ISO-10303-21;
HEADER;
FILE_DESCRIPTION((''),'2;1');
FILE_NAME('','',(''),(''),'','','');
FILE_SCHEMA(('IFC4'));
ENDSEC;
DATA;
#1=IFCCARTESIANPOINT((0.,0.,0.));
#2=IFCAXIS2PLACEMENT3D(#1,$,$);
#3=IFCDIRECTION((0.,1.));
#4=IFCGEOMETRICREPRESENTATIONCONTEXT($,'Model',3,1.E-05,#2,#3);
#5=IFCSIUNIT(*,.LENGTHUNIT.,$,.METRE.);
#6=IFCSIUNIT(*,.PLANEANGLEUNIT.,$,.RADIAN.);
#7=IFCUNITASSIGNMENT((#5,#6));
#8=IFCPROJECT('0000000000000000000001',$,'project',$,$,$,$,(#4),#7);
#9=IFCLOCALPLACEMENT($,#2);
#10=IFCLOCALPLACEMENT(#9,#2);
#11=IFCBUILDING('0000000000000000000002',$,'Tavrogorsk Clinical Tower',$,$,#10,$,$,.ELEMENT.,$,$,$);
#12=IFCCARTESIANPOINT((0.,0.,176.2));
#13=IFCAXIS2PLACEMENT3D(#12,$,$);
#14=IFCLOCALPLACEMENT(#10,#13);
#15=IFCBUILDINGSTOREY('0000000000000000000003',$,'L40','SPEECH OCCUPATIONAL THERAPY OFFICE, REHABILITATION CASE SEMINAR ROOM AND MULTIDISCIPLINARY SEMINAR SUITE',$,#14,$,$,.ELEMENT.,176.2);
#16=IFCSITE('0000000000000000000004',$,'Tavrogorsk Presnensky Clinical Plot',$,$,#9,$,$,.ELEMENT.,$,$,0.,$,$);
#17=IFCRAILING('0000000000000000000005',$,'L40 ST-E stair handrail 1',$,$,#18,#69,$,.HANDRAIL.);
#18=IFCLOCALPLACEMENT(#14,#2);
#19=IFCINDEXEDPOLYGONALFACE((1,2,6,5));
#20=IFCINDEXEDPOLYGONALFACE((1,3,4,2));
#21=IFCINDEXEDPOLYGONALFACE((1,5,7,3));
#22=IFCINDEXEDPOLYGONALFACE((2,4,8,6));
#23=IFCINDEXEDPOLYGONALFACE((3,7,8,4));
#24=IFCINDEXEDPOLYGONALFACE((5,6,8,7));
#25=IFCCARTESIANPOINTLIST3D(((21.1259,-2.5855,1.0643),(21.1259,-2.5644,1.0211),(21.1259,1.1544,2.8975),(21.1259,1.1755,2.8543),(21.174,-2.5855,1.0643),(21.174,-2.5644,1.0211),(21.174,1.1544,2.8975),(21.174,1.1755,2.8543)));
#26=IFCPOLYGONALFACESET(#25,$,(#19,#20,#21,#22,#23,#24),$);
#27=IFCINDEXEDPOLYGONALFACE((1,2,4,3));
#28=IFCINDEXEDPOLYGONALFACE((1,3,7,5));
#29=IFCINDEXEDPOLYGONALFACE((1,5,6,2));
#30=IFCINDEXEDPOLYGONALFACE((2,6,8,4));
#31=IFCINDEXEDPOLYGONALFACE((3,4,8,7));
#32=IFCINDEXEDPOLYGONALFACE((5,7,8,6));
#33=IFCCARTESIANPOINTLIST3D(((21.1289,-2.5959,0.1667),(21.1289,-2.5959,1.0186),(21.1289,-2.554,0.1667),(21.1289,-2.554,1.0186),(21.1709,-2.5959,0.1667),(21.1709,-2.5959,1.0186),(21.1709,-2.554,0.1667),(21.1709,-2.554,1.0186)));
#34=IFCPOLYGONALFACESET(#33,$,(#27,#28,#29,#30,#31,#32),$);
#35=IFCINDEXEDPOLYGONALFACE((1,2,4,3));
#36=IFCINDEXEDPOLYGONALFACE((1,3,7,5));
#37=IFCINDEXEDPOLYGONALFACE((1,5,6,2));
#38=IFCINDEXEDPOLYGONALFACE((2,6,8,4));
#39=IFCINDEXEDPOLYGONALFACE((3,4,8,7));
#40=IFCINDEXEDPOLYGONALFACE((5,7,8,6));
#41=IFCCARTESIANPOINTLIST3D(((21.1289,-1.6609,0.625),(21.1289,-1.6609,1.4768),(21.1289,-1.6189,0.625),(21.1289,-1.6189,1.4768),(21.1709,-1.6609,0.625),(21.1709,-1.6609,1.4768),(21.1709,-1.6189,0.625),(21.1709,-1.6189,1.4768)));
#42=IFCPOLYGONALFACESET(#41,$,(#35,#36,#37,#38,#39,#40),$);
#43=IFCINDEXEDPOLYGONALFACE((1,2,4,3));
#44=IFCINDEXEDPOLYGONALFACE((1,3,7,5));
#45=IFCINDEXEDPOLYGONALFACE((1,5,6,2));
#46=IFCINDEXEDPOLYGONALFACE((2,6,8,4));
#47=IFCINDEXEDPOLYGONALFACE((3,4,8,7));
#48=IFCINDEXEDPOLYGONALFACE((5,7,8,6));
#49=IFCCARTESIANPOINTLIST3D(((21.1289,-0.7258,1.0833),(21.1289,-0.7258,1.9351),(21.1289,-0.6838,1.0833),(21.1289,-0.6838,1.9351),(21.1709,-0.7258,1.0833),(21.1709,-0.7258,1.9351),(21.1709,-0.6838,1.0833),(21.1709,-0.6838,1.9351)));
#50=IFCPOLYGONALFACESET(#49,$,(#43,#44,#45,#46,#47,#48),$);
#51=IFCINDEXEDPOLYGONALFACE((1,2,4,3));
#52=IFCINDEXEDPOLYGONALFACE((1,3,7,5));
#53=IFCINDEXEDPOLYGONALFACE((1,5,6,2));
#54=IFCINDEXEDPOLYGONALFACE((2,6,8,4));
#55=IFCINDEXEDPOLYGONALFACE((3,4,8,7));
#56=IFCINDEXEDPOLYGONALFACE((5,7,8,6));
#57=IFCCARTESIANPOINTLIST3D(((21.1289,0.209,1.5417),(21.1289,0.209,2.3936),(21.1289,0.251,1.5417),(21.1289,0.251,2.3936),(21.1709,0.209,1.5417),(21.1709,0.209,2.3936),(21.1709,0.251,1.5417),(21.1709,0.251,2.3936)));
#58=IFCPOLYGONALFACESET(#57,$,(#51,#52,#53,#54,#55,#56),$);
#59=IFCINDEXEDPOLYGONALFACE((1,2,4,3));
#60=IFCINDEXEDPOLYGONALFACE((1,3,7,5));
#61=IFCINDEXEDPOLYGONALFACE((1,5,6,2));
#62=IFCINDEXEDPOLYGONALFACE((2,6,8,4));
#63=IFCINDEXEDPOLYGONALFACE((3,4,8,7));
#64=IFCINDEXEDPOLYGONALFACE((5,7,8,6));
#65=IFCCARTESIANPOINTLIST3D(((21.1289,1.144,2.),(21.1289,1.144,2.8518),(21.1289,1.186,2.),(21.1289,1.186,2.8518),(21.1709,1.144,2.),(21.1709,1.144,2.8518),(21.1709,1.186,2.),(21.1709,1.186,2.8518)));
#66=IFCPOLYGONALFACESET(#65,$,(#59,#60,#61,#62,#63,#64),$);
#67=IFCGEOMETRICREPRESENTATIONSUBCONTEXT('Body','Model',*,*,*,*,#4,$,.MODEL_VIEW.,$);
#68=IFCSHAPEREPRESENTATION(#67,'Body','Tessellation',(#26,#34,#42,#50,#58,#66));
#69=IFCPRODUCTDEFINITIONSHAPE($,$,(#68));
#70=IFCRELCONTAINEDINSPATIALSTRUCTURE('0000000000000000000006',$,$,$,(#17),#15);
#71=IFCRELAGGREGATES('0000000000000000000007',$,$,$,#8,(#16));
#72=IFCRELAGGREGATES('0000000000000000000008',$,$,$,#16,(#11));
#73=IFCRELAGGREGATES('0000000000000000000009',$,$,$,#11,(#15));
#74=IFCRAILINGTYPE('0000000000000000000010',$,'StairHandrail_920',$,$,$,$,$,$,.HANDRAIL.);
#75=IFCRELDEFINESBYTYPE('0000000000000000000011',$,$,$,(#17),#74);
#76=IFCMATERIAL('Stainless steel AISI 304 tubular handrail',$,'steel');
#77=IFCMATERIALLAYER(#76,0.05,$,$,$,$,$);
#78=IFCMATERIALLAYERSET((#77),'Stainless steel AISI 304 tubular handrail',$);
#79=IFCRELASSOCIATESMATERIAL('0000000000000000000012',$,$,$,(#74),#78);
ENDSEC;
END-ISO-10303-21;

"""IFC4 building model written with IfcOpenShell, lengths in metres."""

from ifc_helpers import new_model, si_unit, direction, frame, origin, origin_2d, place, context, subcontext, project, spatial, rectangle, extrude, material, layer, layer_set, type_object, element, save


model = new_model("IFC4")

# Units and contexts
model_context = context("Model", 3, precision=1e-05, world=origin(), true_north=direction((0.0, 1.0)))
body_context = subcontext(model_context, "Body", "Model", "MODEL_VIEW")
ifc_project = project(units=[si_unit("LENGTHUNIT", "METRE"), si_unit("PLANEANGLEUNIT", "RADIAN")], contexts=[model_context])

# Site, building, storey
site_placement = place(None, origin())
site = spatial("IfcSite", under=ifc_project, at=site_placement, Name="Tavrogorsk Presnensky Clinical Plot", CompositionType="ELEMENT", RefElevation=0.0)
building_placement = place(site_placement, origin())
building = spatial("IfcBuilding", under=site, at=building_placement, Name="Tavrogorsk Clinical Tower", CompositionType="ELEMENT")
storey_placement = place(building_placement, frame((0.0, 0.0, 176.2)))
storey = spatial("IfcBuildingStorey", under=building, at=storey_placement, Name="L40", Description="SPEECH OCCUPATIONAL THERAPY OFFICE, REHABILITATION CASE SEMINAR ROOM AND MULTIDISCIPLINARY SEMINAR SUITE", CompositionType="ELEMENT", Elevation=176.2)

# Railing
ifc_material_1 = material(Name="Stainless steel AISI 304 tubular handrail", Category="steel")
ifc_layer_1 = layer(ifc_material_1, 0.05)
ifc_layer_set_1 = layer_set([ifc_layer_1], Name="Stainless steel AISI 304 tubular handrail")
railing_type_1 = type_object("IfcRailingType", Name="StairHandrail_920", PredefinedType="HANDRAIL", material=ifc_layer_set_1)
railing_1_placement = place(storey_placement, frame((21.1499, -2.575, 0.1667)))
element("IfcRailing", 1, at=railing_1_placement, inside=storey, type_object=railing_type_1, Name="L40 ST-E stair handrail 1", PredefinedType="HANDRAIL", context=body_context, shape_type="SweptSolid", body=[
    extrude(rectangle(XDim=0.0481, YDim=0.0481, at=origin_2d()), frame((0.0, 0.0, 0.876), z_axis=(0.0, 0.897928, 0.440142), x_axis=(-1.0, 0.0, 0.0)), (0.0, 0.0, 1.0), 4.165),
    extrude(rectangle(XDim=0.042, YDim=0.042, at=origin_2d()), origin(), (0.0, 0.0, 1.0), 0.8518),
    extrude(rectangle(XDim=0.042, YDim=0.042, at=origin_2d()), frame((0.0, 0.9351, 0.4583)), (0.0, 0.0, 1.0), 0.8518),
    extrude(rectangle(XDim=0.042, YDim=0.042, at=origin_2d()), frame((0.0, 1.8701, 0.9165)), (0.0, 0.0, 1.0), 0.8518),
    extrude(rectangle(XDim=0.042, YDim=0.042, at=origin_2d()), frame((0.0, 2.8049, 1.375)), (0.0, 0.0, 1.0), 0.8518),
    extrude(rectangle(XDim=0.042, YDim=0.042, at=origin_2d()), frame((0.0, 3.74, 1.8333)), (0.0, 0.0, 1.0), 0.8518),
])

save(model, "model.ifc")
